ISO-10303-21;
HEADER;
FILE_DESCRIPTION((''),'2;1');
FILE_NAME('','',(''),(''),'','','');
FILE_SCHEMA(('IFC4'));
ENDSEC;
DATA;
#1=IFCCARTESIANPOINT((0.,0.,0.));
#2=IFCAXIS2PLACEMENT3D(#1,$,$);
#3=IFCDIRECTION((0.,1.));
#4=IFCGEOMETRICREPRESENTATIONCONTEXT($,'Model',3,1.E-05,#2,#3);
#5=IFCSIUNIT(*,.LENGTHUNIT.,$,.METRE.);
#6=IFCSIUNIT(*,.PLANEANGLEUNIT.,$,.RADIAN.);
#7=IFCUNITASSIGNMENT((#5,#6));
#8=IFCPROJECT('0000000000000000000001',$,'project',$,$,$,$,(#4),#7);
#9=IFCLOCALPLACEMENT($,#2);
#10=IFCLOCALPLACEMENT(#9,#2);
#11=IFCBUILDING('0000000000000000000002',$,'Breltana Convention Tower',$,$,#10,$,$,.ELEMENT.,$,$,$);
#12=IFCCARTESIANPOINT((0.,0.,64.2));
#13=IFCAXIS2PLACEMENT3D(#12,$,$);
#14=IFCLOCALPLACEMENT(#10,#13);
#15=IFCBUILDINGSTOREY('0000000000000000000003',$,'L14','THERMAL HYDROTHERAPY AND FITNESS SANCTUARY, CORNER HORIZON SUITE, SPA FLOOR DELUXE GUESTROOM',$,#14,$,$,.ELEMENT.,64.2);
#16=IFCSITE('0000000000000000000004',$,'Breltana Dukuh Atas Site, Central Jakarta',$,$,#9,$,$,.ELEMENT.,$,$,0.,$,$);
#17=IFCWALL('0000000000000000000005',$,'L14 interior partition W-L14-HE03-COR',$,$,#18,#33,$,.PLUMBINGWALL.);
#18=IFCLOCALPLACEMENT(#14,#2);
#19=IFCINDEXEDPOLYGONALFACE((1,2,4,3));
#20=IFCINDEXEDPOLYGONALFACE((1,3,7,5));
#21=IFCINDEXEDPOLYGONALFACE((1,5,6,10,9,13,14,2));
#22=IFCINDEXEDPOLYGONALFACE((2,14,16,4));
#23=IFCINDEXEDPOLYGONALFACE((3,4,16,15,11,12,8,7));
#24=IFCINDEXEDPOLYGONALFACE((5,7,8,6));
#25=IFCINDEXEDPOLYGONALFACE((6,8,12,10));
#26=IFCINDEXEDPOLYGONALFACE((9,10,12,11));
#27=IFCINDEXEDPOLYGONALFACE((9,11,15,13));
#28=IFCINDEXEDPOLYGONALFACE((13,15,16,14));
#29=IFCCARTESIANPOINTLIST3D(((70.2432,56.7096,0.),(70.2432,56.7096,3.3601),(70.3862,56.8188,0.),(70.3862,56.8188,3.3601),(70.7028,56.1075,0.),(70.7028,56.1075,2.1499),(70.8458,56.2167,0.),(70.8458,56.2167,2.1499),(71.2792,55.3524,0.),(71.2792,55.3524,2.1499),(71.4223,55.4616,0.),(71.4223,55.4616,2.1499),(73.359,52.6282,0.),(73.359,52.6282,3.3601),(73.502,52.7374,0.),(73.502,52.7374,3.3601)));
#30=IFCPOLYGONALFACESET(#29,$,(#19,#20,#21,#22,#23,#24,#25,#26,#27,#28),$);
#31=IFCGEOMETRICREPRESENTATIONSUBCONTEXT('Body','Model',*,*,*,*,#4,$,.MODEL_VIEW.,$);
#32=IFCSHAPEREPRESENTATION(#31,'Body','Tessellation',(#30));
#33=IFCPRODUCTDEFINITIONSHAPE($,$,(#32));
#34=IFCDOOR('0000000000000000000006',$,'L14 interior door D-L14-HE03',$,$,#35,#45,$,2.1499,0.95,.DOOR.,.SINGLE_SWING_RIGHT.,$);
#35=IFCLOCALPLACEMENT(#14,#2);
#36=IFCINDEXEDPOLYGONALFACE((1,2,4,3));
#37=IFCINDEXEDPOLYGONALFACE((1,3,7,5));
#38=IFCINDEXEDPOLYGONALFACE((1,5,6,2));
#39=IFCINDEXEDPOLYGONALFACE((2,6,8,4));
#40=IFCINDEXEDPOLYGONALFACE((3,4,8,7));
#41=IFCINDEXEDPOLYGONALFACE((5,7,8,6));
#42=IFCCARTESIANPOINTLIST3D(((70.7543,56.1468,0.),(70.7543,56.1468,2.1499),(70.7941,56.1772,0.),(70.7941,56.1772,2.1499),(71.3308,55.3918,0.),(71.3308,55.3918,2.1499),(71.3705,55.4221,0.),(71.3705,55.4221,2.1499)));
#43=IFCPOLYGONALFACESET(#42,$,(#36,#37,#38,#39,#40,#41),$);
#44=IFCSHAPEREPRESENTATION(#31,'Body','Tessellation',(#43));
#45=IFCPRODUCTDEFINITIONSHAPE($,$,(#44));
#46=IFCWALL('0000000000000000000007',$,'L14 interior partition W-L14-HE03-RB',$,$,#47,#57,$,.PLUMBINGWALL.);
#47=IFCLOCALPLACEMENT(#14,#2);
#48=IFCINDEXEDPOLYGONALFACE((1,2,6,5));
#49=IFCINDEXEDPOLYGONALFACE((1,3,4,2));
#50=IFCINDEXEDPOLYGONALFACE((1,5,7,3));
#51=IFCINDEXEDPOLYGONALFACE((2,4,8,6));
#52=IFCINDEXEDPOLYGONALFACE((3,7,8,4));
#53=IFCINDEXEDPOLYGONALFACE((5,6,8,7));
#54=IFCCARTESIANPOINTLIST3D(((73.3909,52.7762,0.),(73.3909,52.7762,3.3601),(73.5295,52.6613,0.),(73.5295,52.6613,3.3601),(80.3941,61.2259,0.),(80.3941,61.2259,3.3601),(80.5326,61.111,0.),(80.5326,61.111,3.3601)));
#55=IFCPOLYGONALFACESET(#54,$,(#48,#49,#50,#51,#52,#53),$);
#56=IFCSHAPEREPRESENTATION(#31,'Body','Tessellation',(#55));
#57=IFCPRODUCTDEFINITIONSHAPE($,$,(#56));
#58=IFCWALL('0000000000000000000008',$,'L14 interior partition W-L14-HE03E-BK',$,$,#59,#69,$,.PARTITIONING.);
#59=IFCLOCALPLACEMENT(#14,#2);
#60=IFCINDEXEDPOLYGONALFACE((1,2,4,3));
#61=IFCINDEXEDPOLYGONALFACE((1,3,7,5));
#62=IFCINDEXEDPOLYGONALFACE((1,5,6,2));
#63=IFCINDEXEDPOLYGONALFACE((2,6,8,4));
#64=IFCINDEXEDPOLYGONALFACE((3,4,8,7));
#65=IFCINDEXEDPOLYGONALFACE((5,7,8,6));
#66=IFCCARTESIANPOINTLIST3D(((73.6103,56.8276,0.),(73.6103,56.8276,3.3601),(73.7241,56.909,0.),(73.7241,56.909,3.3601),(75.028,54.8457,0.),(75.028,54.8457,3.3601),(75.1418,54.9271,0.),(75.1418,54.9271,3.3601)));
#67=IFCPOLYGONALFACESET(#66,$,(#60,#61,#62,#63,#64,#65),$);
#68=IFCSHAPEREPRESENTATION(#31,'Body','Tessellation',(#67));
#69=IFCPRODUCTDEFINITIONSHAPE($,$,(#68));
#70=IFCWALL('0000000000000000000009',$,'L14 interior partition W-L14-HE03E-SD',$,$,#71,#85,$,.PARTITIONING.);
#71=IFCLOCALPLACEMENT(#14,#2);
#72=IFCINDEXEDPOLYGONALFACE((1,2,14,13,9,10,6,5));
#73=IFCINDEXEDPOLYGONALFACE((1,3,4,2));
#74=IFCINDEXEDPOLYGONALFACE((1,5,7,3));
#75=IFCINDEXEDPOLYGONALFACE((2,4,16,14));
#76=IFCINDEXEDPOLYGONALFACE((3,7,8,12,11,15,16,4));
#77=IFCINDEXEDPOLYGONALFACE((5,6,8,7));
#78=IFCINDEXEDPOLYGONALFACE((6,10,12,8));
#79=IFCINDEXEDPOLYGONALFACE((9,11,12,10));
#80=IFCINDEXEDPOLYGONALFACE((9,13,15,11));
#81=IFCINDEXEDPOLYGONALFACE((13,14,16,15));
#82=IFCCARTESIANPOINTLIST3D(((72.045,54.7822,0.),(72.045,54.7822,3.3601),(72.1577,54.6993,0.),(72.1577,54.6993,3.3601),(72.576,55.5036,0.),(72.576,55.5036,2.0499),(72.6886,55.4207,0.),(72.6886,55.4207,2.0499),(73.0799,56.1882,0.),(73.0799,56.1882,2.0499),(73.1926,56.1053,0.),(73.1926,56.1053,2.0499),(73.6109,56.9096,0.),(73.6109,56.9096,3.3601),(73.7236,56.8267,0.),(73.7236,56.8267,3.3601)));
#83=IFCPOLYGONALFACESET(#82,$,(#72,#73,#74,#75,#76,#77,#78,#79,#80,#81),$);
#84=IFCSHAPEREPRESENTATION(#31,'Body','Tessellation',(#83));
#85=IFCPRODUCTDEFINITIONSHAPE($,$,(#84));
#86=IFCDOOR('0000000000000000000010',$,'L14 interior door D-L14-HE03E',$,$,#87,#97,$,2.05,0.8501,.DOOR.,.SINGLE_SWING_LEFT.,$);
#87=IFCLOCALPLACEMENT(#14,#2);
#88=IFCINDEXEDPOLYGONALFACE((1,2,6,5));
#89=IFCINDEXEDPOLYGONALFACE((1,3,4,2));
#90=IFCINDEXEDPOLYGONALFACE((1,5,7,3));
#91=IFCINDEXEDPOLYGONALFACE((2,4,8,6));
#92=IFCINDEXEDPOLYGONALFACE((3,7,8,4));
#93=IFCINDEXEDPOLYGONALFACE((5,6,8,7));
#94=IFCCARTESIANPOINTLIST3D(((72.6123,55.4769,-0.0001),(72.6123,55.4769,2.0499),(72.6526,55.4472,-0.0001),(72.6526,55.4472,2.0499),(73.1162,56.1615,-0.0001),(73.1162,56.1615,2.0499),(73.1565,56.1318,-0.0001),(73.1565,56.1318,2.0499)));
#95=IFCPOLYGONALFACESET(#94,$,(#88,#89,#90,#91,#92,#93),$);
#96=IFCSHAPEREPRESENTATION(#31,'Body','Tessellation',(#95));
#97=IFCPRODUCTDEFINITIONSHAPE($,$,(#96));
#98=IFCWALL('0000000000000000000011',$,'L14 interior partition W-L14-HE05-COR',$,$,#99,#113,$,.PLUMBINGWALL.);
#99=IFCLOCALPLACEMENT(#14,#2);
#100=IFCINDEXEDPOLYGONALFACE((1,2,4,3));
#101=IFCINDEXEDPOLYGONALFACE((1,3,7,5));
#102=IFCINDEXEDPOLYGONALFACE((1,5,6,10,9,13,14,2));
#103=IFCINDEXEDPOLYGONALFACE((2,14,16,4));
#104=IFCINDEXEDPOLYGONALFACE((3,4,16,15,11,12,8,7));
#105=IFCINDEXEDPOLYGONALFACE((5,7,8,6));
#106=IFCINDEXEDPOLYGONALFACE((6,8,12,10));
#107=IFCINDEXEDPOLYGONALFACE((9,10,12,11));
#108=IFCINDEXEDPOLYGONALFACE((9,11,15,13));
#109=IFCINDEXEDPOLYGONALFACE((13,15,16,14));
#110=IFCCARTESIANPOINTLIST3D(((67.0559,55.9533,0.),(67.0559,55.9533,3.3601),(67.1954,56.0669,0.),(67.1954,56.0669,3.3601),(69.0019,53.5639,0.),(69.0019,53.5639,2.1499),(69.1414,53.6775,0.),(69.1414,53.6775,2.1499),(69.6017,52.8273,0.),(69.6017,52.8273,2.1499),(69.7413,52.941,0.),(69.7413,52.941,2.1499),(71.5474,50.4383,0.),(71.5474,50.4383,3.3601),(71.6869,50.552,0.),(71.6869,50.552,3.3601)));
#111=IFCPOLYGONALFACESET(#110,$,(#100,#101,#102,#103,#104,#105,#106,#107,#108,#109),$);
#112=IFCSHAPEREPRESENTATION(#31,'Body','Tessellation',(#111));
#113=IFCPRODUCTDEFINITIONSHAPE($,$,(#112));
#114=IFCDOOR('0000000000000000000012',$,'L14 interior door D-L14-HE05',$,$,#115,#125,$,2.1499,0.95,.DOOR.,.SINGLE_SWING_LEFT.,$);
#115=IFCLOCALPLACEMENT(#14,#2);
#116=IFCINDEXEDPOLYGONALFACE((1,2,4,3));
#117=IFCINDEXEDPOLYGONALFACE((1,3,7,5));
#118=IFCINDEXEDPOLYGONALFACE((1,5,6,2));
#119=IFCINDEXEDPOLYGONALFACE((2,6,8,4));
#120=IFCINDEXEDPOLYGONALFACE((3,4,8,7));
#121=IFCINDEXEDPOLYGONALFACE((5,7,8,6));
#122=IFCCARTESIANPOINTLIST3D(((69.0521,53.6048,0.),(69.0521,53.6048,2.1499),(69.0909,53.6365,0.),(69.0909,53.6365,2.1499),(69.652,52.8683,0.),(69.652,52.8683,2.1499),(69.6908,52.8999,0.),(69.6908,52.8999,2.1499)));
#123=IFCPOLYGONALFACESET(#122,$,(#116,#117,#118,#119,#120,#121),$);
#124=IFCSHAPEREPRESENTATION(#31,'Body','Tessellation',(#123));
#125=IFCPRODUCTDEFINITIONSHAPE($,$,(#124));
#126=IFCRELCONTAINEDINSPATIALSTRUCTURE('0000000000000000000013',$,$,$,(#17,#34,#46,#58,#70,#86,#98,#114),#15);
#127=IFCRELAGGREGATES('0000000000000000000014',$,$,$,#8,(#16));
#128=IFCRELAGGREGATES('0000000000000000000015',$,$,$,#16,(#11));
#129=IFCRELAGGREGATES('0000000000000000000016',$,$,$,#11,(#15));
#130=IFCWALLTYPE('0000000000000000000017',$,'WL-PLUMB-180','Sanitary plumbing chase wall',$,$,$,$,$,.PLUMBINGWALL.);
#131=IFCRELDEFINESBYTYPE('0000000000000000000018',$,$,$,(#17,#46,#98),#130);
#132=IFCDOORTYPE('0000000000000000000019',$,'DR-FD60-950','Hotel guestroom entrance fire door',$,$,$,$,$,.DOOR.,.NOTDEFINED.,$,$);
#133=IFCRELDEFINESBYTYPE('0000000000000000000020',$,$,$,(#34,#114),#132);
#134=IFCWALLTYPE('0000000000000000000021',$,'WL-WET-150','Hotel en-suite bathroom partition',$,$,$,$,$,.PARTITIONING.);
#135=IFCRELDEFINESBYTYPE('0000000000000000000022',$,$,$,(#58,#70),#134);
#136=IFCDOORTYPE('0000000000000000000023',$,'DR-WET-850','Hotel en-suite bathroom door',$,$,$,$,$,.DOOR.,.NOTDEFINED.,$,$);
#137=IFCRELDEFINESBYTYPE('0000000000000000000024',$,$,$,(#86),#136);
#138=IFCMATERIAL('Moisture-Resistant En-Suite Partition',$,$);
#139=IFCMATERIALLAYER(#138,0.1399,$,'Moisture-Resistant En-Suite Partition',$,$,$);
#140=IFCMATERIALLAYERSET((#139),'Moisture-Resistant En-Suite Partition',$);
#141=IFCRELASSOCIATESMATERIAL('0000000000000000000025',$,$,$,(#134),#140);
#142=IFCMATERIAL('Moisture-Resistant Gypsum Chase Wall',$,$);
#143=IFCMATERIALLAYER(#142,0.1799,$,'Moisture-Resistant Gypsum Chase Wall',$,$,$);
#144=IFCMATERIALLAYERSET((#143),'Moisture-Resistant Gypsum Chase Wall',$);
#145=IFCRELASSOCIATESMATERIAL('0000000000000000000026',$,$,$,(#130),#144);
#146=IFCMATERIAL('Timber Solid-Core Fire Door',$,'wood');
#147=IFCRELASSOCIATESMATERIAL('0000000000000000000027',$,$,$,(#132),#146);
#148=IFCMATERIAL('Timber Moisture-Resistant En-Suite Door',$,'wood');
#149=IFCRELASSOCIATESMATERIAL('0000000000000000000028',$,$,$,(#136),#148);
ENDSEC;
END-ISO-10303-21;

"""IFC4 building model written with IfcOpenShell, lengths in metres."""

from ifc_helpers import new_model, si_unit, direction, frame, frame_2d, origin, place, context, subcontext, project, spatial, rectangle, extrude, source, transform, mapped, material, layer, layer_set, type_object, type_shapes, element, fill, save


model = new_model("IFC4")

# Units and contexts
model_context = context("Model", 3, precision=1e-05, world=origin(), true_north=direction((0.0, 1.0)))
body_context = subcontext(model_context, "Body", "Model", "MODEL_VIEW")
ifc_project = project(units=[si_unit("LENGTHUNIT", "METRE"), si_unit("PLANEANGLEUNIT", "RADIAN")], contexts=[model_context])

# Site, building, storey
site_placement = place(None, origin())
site = spatial("IfcSite", under=ifc_project, at=site_placement, Name="Breltana Dukuh Atas Site, Central Jakarta", CompositionType="ELEMENT", RefElevation=0.0)
building_placement = place(site_placement, origin())
building = spatial("IfcBuilding", under=site, at=building_placement, Name="Breltana Convention Tower", CompositionType="ELEMENT")
storey_placement = place(building_placement, frame((0.0, 0.0, 64.2)))
storey = spatial("IfcBuildingStorey", under=building, at=storey_placement, Name="L14", Description="THERMAL HYDROTHERAPY AND FITNESS SANCTUARY, CORNER HORIZON SUITE, SPA FLOOR DELUXE GUESTROOM", CompositionType="ELEMENT", Elevation=64.2)

# Shared definitions
ifc_material_1 = material(Name="Moisture-Resistant En-Suite Partition")
ifc_layer_1 = layer(ifc_material_1, 0.1399, Name="Moisture-Resistant En-Suite Partition")
ifc_layer_set_1 = layer_set([ifc_layer_1], Name="Moisture-Resistant En-Suite Partition")
wall_type_1 = type_object("IfcWallType", Name="WL-WET-150", Description="Hotel en-suite bathroom partition", PredefinedType="PARTITIONING", material=ifc_layer_set_1)
ifc_material_2 = material(Name="Moisture-Resistant Gypsum Chase Wall")
ifc_layer_2 = layer(ifc_material_2, 0.1799, Name="Moisture-Resistant Gypsum Chase Wall")
ifc_layer_set_2 = layer_set([ifc_layer_2], Name="Moisture-Resistant Gypsum Chase Wall")
wall_type_2 = type_object("IfcWallType", Name="WL-PLUMB-180", Description="Sanitary plumbing chase wall", PredefinedType="PLUMBINGWALL", material=ifc_layer_set_2)

# Wall, opening, door
shared_shape_1 = source(origin(), body_context, "Body", "SweptSolid", [
    extrude(rectangle(XDim=5.1348, YDim=0.1799, at=frame_2d((2.5674, 0.0))), origin(), (0.0, 0.0, 1.0), 3.3601),
])
wall_1_placement = place(storey_placement, frame((70.3147, 56.7642, 0.0), z_axis=(0.0, 0.0, 1.0), x_axis=(0.606802, -0.794853, 0.0)))
wall_1 = element("IfcWall", 1, at=wall_1_placement, inside=storey, type_object=wall_type_2, Name="L14 interior partition W-L14-HE03-COR", PredefinedType="PLUMBINGWALL", context=body_context, shape_type="MappedRepresentation", body=[
    mapped(shared_shape_1, transform((0.0, 0.0, 0.0), scale=1.0)),
])
opening_1_placement = place(wall_1_placement, frame((0.7573, 0.0, 0.0)))
opening_1 = element("IfcOpeningElement", 2, at=opening_1_placement, cuts=wall_1, PredefinedType="OPENING", context=body_context, shape_type="SweptSolid", body=[
    extrude(rectangle(XDim=0.95, YDim=2.1499, at=frame_2d((0.4751, 1.075))), frame((0.0, 0.1001, 0.0), z_axis=(0.0, -1.0, 0.0), x_axis=(1.0, 0.0, 0.0)), (0.0, 0.0, 1.0), 0.2),
])
ifc_material_3 = material(Name="Timber Solid-Core Fire Door", Category="wood")
door_type_1 = type_object("IfcDoorType", Name="DR-FD60-950", Description="Hotel guestroom entrance fire door", OperationType="NOTDEFINED", PredefinedType="DOOR", material=ifc_material_3)
shared_shape_2 = source(origin(), body_context, "Body", "SweptSolid", [
    extrude(rectangle(XDim=0.95, YDim=2.1499, at=frame_2d((0.4751, 1.075))), frame((0.0, 0.0249, 0.0), z_axis=(0.0, -1.0, 0.0), x_axis=(1.0, 0.0, 0.0)), (0.0, 0.0, 1.0), 0.05),
])
type_shapes(door_type_1, [shared_shape_2])
door_1_placement = place(opening_1_placement, origin())
door_1 = element("IfcDoor", 3, at=door_1_placement, inside=storey, type_object=door_type_1, Name="L14 interior door D-L14-HE03", OperationType="SINGLE_SWING_RIGHT", OverallHeight=2.1499, OverallWidth=0.95, PredefinedType="DOOR", context=body_context, shape_type="MappedRepresentation", body=[
    mapped(shared_shape_2, transform((0.0, 0.0, 0.0), scale=1.0)),
])
fill(opening_1, door_1)

# Walls
shared_shape_3 = source(origin(), body_context, "Body", "SweptSolid", [
    extrude(rectangle(XDim=10.9746, YDim=0.1799, at=frame_2d((5.4873, 0.0))), origin(), (0.0, 0.0, 1.0), 3.3601),
])
wall_2_placement = place(storey_placement, frame((73.4602, 52.7188, 0.0), z_axis=(0.0, 0.0, 1.0), x_axis=(0.638125, 0.769933, 0.0)))
element("IfcWall", 4, at=wall_2_placement, inside=storey, type_object=wall_type_2, Name="L14 interior partition W-L14-HE03-RB", PredefinedType="PLUMBINGWALL", context=body_context, shape_type="MappedRepresentation", body=[
    mapped(shared_shape_3, transform((0.0, 0.0, 0.0), scale=1.0)),
])
shared_shape_4 = source(origin(), body_context, "Body", "SweptSolid", [
    extrude(rectangle(XDim=2.4368, YDim=0.1399, at=frame_2d((1.2183, 0.0))), origin(), (0.0, 0.0, 1.0), 3.3601),
])
wall_3_placement = place(storey_placement, frame((73.6672, 56.8682, 0.0), z_axis=(0.0, 0.0, 1.0), x_axis=(0.581797, -0.813334, 0.0)))
element("IfcWall", 5, at=wall_3_placement, inside=storey, type_object=wall_type_1, Name="L14 interior partition W-L14-HE03E-BK", PredefinedType="PARTITIONING", context=body_context, shape_type="MappedRepresentation", body=[
    mapped(shared_shape_4, transform((0.0, 0.0, 0.0), scale=1.0)),
])

# Walls, openings, doors
shared_shape_5 = source(origin(), body_context, "Body", "SweptSolid", [
    extrude(rectangle(XDim=2.6416, YDim=0.1399, at=frame_2d((1.3208, 0.0))), origin(), (0.0, 0.0, 1.0), 3.3601),
])
wall_4_placement = place(storey_placement, frame((72.1013, 54.7407, 0.0), z_axis=(0.0, 0.0, 1.0), x_axis=(0.592789, 0.805358, 0.0)))
wall_4 = element("IfcWall", 6, at=wall_4_placement, inside=storey, type_object=wall_type_1, Name="L14 interior partition W-L14-HE03E-SD", PredefinedType="PARTITIONING", context=body_context, shape_type="MappedRepresentation", body=[
    mapped(shared_shape_5, transform((0.0, 0.0, 0.0), scale=1.0)),
])
opening_2_placement = place(wall_4_placement, frame((0.8958, 0.0, 0.0)))
opening_2 = element("IfcOpeningElement", 7, at=opening_2_placement, cuts=wall_4, PredefinedType="OPENING", context=body_context, shape_type="SweptSolid", body=[
    extrude(rectangle(XDim=0.8501, YDim=2.05, at=frame_2d((0.425, 1.0249))), frame((0.0, 0.0801, 0.0), z_axis=(0.0, -1.0, 0.0), x_axis=(1.0, 0.0, 0.0)), (0.0, 0.0, 1.0), 0.1599),
])
ifc_material_4 = material(Name="Timber Moisture-Resistant En-Suite Door", Category="wood")
door_type_2 = type_object("IfcDoorType", Name="DR-WET-850", Description="Hotel en-suite bathroom door", OperationType="NOTDEFINED", PredefinedType="DOOR", material=ifc_material_4)
shared_shape_6 = source(origin(), body_context, "Body", "SweptSolid", [
    extrude(rectangle(XDim=0.8501, YDim=2.05, at=frame_2d((0.425, 1.0249))), frame((0.0, 0.0249, 0.0), z_axis=(0.0, -1.0, 0.0), x_axis=(1.0, 0.0, 0.0)), (0.0, 0.0, 1.0), 0.05),
])
type_shapes(door_type_2, [shared_shape_6])
door_2_placement = place(opening_2_placement, origin())
door_2 = element("IfcDoor", 8, at=door_2_placement, inside=storey, type_object=door_type_2, Name="L14 interior door D-L14-HE03E", OperationType="SINGLE_SWING_LEFT", OverallHeight=2.05, OverallWidth=0.8501, PredefinedType="DOOR", context=body_context, shape_type="MappedRepresentation", body=[
    mapped(shared_shape_6, transform((0.0, 0.0, 0.0), scale=1.0)),
])
fill(opening_2, door_2)
shared_shape_7 = source(origin(), body_context, "Body", "SweptSolid", [
    extrude(rectangle(XDim=7.1125, YDim=0.1799, at=frame_2d((3.5562, 0.0))), origin(), (0.0, 0.0, 1.0), 3.3601),
])
wall_5_placement = place(storey_placement, frame((67.1257, 56.01, 0.0), z_axis=(0.0, 0.0, 1.0), x_axis=(0.63149, -0.775384, 0.0)))
wall_5 = element("IfcWall", 9, at=wall_5_placement, inside=storey, type_object=wall_type_2, Name="L14 interior partition W-L14-HE05-COR", PredefinedType="PLUMBINGWALL", context=body_context, shape_type="MappedRepresentation", body=[
    mapped(shared_shape_7, transform((0.0, 0.0, 0.0), scale=1.0)),
])
opening_3_placement = place(wall_5_placement, frame((3.0813, 0.0, 0.0)))
opening_3 = element("IfcOpeningElement", 10, at=opening_3_placement, cuts=wall_5, PredefinedType="OPENING", context=body_context, shape_type="SweptSolid", body=[
    extrude(rectangle(XDim=0.95, YDim=2.1499, at=frame_2d((0.4751, 1.075))), frame((0.0, 0.1001, 0.0), z_axis=(0.0, -1.0, 0.0), x_axis=(1.0, 0.0, 0.0)), (0.0, 0.0, 1.0), 0.2),
])
door_3_placement = place(opening_3_placement, origin())
door_3 = element("IfcDoor", 11, at=door_3_placement, inside=storey, type_object=door_type_1, Name="L14 interior door D-L14-HE05", OperationType="SINGLE_SWING_LEFT", OverallHeight=2.1499, OverallWidth=0.95, PredefinedType="DOOR", context=body_context, shape_type="MappedRepresentation", body=[
    mapped(shared_shape_2, transform((0.0, 0.0, 0.0), scale=1.0)),
])
fill(opening_3, door_3)

save(model, "model.ifc")
